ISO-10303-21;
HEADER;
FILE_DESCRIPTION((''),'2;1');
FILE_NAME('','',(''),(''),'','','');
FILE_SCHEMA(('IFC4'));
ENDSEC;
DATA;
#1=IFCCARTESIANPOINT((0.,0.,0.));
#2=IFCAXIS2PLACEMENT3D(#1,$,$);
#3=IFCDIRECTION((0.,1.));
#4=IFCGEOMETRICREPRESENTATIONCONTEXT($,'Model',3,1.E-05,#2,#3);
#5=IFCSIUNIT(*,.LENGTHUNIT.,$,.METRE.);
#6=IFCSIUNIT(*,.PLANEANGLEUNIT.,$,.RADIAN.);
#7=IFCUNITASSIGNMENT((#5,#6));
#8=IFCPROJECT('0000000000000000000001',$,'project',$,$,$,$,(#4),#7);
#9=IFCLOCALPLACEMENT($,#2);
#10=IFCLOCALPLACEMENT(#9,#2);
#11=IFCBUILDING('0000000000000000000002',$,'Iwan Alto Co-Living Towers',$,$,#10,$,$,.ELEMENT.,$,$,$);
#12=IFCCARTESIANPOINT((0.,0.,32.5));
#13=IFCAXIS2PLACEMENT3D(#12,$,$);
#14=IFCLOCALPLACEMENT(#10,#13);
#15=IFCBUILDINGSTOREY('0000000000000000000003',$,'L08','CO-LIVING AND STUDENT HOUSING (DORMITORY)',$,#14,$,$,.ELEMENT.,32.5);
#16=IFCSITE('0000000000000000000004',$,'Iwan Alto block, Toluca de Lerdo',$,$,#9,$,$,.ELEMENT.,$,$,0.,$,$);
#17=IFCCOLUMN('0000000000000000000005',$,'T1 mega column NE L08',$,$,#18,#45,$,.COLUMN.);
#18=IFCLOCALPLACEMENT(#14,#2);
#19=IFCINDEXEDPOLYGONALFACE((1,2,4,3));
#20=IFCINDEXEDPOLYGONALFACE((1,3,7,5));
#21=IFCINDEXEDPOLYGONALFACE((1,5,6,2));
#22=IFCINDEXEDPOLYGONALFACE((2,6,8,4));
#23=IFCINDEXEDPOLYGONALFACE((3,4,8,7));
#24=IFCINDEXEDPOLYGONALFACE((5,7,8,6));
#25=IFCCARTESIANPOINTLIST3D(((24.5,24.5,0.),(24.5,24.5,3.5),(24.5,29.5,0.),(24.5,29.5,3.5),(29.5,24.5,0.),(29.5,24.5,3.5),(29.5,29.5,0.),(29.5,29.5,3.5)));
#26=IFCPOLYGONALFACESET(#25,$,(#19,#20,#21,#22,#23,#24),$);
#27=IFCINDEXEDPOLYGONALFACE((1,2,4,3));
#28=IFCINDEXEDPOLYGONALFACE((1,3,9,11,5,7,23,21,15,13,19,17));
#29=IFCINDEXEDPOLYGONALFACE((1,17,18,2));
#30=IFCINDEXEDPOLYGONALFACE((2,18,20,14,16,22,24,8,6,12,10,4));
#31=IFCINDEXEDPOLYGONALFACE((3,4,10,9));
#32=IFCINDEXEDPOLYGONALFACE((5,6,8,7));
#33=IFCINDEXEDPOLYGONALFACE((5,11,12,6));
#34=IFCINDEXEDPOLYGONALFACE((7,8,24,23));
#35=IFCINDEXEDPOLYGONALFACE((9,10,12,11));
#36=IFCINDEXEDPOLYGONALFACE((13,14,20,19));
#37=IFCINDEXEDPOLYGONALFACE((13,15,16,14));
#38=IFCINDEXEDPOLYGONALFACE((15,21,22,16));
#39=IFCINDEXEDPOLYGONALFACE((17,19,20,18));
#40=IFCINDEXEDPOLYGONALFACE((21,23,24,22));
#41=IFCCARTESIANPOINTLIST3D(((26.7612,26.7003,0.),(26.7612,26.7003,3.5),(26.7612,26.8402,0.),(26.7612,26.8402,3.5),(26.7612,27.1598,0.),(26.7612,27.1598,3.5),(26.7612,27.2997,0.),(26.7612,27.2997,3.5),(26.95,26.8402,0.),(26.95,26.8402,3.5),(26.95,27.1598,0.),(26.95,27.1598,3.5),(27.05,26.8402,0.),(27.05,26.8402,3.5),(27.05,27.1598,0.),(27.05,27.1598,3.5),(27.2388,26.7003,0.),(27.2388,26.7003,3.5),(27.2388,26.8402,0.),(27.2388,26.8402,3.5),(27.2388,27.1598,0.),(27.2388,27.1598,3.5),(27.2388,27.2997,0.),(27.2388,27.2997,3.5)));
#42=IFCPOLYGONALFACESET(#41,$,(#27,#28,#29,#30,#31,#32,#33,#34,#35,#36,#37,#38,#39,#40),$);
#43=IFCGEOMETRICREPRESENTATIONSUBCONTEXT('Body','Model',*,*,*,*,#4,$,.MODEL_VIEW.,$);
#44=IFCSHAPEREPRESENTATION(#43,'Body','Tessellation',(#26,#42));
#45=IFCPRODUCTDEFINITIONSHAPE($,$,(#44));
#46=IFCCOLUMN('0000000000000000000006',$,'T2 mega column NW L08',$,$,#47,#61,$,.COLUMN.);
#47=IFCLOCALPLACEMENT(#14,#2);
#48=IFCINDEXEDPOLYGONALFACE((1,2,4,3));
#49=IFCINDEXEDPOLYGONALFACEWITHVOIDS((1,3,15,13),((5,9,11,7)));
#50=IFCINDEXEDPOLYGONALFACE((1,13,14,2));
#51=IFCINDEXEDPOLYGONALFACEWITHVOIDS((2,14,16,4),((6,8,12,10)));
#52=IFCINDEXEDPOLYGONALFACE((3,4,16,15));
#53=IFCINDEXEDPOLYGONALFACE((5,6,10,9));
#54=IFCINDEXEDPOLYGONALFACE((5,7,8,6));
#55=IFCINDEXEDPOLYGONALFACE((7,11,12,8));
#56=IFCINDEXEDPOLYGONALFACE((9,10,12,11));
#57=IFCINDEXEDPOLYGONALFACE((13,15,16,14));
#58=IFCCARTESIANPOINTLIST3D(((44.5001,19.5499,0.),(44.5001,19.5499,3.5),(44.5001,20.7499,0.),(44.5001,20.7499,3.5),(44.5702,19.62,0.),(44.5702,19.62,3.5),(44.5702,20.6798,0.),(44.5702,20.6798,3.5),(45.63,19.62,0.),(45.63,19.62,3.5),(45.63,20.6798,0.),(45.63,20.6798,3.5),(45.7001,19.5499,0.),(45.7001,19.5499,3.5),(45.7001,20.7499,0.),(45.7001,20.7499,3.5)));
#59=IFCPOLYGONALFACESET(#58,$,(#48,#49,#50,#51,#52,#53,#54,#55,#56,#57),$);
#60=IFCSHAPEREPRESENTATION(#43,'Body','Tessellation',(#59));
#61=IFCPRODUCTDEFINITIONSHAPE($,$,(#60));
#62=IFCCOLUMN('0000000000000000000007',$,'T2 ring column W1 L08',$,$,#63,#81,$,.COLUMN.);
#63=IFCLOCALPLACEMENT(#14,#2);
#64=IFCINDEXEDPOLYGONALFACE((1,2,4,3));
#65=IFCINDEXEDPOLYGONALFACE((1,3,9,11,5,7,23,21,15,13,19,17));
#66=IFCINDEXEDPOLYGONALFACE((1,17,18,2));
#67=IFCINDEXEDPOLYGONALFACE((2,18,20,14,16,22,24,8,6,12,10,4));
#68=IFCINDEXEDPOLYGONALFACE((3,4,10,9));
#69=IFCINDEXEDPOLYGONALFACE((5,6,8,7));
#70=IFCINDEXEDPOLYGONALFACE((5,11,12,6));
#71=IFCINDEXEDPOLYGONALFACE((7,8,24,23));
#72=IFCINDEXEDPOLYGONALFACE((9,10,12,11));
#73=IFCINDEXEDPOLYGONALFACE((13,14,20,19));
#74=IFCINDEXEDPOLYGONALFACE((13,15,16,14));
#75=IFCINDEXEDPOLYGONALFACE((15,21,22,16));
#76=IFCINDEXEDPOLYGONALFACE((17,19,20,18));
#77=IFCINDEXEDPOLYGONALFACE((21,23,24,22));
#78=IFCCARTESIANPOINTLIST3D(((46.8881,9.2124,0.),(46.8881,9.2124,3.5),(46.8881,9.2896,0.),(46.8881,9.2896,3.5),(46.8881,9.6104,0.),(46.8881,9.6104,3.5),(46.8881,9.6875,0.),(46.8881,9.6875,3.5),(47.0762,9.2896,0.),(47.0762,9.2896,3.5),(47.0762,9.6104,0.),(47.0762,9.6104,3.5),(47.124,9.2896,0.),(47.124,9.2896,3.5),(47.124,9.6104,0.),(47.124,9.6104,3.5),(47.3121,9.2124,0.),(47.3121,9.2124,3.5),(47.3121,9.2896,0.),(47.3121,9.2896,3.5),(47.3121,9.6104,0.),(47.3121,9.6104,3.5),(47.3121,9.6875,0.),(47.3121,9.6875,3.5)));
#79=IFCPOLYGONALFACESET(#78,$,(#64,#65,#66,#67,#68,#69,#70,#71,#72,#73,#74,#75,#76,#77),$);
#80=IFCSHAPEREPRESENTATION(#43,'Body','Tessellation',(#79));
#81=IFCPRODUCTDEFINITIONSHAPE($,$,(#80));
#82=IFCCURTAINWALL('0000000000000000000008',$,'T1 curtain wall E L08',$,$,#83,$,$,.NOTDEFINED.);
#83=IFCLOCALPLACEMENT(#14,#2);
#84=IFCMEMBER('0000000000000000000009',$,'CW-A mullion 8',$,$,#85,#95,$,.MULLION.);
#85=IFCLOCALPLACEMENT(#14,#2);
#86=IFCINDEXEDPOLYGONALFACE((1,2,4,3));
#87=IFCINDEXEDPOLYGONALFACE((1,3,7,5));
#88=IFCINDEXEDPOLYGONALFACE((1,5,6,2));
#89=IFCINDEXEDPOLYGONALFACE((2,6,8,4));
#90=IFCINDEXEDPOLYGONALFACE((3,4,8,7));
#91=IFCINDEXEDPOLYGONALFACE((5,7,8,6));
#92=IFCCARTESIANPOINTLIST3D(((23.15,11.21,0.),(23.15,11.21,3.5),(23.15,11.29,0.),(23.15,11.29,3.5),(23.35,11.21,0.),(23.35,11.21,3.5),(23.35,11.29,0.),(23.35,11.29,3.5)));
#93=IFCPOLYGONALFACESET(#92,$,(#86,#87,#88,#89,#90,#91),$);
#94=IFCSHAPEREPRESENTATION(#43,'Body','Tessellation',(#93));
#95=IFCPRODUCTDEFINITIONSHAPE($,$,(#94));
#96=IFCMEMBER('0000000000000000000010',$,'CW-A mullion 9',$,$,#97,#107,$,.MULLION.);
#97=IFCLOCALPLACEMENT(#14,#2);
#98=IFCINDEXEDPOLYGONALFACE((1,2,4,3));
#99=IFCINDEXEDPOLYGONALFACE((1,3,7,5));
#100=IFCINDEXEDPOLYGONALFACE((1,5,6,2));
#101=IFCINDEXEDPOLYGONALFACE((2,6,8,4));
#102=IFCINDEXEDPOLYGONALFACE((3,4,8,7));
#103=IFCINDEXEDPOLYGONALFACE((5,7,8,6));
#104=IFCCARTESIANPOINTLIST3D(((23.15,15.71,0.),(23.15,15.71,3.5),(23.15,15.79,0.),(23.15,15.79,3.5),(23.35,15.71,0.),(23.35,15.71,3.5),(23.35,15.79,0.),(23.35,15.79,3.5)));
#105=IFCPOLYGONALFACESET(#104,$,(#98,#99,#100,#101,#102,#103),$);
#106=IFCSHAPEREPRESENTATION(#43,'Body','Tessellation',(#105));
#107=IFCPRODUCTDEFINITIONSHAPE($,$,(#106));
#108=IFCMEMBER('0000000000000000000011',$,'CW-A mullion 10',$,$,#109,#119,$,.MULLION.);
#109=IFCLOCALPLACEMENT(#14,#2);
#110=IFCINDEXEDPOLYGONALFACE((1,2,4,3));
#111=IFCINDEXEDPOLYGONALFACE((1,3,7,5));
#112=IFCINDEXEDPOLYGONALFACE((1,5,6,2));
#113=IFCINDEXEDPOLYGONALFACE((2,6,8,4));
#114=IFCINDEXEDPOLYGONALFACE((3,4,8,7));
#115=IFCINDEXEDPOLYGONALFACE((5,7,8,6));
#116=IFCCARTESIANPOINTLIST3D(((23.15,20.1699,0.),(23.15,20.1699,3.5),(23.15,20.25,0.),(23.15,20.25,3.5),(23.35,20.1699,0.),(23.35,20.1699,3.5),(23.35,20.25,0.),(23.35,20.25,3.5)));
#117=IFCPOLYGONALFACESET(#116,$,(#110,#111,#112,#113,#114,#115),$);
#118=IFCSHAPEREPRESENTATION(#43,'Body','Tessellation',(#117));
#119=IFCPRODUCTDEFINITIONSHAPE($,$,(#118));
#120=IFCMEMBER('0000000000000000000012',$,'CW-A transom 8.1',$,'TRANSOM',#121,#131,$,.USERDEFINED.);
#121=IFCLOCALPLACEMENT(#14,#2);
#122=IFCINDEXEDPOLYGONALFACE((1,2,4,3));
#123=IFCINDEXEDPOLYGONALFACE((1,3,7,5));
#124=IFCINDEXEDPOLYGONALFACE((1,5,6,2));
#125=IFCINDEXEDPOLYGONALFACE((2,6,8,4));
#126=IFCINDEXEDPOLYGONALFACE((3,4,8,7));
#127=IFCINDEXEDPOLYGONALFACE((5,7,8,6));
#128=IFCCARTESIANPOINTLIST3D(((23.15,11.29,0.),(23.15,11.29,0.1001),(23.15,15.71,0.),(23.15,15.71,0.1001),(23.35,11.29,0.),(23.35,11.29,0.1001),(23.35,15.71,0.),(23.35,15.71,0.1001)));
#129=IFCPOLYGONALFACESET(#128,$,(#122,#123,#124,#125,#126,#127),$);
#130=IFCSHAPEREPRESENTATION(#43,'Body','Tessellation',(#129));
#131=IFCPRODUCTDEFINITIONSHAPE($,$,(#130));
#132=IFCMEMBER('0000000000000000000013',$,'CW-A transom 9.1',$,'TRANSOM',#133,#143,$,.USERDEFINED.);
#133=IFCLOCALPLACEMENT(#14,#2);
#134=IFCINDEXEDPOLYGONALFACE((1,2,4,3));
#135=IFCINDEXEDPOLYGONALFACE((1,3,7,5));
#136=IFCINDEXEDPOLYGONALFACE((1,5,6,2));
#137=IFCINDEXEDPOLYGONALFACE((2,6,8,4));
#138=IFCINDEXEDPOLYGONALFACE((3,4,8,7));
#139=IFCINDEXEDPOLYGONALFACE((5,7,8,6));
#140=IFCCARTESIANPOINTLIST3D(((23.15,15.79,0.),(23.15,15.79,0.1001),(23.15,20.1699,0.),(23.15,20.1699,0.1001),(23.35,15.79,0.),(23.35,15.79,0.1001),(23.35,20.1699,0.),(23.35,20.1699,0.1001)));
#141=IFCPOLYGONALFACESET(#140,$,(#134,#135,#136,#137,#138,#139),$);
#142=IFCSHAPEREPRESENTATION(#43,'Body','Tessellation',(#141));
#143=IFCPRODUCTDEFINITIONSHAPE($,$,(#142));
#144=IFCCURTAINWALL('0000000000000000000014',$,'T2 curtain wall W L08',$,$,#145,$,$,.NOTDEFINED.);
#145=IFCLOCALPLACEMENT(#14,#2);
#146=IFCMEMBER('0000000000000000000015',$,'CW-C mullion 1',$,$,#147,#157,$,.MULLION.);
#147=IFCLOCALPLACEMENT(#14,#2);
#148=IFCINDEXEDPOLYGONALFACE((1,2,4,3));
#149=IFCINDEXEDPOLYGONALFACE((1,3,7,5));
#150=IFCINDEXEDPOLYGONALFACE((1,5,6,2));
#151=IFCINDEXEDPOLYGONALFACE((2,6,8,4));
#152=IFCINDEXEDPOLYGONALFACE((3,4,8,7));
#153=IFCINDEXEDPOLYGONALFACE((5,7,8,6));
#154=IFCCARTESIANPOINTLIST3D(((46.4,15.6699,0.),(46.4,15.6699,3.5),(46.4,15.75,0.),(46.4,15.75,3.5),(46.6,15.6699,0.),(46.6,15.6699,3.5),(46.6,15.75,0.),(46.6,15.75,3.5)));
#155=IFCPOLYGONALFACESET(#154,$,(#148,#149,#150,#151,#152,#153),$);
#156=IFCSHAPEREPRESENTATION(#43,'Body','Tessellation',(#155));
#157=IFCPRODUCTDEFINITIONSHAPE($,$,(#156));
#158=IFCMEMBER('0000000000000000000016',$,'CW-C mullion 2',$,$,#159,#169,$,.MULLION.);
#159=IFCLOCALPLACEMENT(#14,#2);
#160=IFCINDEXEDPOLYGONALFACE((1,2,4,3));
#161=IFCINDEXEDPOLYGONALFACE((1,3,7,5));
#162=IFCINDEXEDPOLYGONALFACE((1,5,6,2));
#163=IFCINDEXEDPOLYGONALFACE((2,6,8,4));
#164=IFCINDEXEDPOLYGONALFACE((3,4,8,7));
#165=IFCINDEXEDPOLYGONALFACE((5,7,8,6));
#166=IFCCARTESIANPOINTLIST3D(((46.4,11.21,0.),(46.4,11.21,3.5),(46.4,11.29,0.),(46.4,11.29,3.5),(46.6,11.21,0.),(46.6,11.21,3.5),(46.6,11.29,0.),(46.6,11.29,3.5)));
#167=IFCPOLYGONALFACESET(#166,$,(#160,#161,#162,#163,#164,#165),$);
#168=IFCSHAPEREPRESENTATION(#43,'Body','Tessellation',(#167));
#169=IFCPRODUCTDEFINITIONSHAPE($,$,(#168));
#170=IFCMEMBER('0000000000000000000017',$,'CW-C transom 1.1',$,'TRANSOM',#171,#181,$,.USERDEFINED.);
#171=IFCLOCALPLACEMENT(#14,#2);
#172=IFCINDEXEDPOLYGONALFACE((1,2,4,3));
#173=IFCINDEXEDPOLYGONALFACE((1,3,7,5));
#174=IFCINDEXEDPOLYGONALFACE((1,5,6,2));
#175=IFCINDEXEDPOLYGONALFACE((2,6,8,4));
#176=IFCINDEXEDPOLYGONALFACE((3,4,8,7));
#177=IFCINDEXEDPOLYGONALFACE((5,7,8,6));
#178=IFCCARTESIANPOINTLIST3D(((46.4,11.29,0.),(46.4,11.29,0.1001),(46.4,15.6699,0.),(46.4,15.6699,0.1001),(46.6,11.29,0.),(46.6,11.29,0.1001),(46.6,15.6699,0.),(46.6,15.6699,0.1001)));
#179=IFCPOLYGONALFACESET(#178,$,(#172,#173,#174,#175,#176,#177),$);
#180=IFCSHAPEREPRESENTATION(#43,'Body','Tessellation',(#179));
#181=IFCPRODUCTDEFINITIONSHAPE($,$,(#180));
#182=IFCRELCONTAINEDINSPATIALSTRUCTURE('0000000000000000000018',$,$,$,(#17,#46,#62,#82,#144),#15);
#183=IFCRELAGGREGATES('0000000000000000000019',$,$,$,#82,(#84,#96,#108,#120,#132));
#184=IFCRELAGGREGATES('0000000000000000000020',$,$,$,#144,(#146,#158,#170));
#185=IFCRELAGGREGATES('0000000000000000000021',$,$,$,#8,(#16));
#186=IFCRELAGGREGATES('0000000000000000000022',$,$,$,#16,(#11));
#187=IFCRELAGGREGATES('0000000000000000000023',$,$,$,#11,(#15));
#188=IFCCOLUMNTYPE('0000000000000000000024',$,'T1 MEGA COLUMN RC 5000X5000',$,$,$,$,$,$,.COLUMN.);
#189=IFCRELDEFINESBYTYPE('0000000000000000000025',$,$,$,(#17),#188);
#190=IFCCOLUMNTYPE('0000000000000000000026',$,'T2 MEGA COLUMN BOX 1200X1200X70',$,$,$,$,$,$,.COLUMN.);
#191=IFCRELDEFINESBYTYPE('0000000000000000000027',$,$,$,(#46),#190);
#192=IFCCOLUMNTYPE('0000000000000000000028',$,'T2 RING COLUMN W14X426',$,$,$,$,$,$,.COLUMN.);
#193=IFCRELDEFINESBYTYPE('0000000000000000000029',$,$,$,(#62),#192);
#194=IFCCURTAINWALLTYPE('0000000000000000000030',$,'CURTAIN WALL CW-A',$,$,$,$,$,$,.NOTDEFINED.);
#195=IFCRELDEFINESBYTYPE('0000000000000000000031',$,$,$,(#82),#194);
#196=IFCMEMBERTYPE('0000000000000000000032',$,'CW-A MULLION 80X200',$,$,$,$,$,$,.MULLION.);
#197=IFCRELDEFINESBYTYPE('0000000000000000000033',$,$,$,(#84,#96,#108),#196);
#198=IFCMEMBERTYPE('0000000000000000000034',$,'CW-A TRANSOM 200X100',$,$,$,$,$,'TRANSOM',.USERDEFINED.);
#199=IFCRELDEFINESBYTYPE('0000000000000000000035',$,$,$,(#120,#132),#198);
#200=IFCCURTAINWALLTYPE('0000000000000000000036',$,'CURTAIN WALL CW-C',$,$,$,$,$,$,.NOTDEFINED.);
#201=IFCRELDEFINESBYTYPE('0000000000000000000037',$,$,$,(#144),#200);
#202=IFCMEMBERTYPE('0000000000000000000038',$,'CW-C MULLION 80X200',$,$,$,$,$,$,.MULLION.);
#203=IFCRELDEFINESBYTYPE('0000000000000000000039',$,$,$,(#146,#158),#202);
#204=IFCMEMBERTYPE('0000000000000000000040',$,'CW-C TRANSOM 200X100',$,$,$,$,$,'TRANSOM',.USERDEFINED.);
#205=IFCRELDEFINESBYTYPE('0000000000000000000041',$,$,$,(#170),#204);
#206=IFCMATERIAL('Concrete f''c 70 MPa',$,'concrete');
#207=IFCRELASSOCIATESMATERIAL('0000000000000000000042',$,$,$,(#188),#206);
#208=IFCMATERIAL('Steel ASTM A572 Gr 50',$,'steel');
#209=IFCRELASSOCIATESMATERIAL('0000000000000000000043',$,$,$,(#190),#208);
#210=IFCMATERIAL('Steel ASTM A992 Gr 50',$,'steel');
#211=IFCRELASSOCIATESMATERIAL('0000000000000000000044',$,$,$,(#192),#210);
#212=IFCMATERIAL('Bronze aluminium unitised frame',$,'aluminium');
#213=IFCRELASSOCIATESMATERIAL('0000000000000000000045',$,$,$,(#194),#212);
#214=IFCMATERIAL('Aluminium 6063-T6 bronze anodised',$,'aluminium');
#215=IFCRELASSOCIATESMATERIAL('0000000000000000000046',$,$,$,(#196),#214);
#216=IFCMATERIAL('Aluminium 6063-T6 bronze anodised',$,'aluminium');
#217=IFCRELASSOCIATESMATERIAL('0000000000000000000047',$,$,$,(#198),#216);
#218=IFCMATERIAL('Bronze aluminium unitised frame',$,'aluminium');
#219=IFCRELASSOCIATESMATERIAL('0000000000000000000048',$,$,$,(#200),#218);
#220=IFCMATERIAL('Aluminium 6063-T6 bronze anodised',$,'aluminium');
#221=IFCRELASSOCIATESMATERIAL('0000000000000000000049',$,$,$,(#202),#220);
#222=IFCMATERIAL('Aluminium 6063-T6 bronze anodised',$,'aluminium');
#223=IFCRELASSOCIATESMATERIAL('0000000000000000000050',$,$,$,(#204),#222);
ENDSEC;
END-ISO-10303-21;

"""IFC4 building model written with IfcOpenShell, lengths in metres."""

from ifc_helpers import new_model, si_unit, direction, frame, origin, origin_2d, place, context, subcontext, project, spatial, rectangle, hollow_rectangle, i_section, extrude, material, material_profile, profile_set, type_object, element, aggregate, save


model = new_model("IFC4")

# Units and contexts
model_context = context("Model", 3, precision=1e-05, world=origin(), true_north=direction((0.0, 1.0)))
body_context = subcontext(model_context, "Body", "Model", "MODEL_VIEW")
ifc_project = project(units=[si_unit("LENGTHUNIT", "METRE"), si_unit("PLANEANGLEUNIT", "RADIAN")], contexts=[model_context])

# Site, building, storey
site_placement = place(None, origin())
site = spatial("IfcSite", under=ifc_project, at=site_placement, Name="Iwan Alto block, Toluca de Lerdo", CompositionType="ELEMENT", RefElevation=0.0)
building_placement = place(site_placement, origin())
building = spatial("IfcBuilding", under=site, at=building_placement, Name="Iwan Alto Co-Living Towers", CompositionType="ELEMENT")
storey_placement = place(building_placement, frame((0.0, 0.0, 32.5)))
storey = spatial("IfcBuildingStorey", under=building, at=storey_placement, Name="L08", Description="CO-LIVING AND STUDENT HOUSING (DORMITORY)", CompositionType="ELEMENT", Elevation=32.5)

# Columns
ifc_material_1 = material(Name="Concrete f'c 70 MPa", Category="concrete")
ifc_material_profile_1 = material_profile(ifc_material_1, rectangle(XDim=5.0, YDim=5.0, at=origin_2d()), Name="RC 5000X5000")
ifc_profile_set_1 = profile_set([ifc_material_profile_1], Name="Concrete f'c 70 MPa")
column_type_1 = type_object("IfcColumnType", Name="T1 MEGA COLUMN RC 5000X5000", PredefinedType="COLUMN", material=ifc_profile_set_1)
column_1_placement = place(storey_placement, frame((27.0, 27.0, 0.0), z_axis=(0.0, 0.0, 1.0), x_axis=(1.0, 0.0, 0.0)))
element("IfcColumn", 1, at=column_1_placement, inside=storey, type_object=column_type_1, Name="T1 mega column NE L08", PredefinedType="COLUMN", context=body_context, shape_type="SweptSolid", body=[
    extrude(rectangle(XDim=5.0, YDim=5.0, at=origin_2d()), origin(), (0.0, 0.0, 1.0), 3.5),
    extrude(i_section(OverallWidth=0.4775, OverallDepth=0.5994, WebThickness=0.1001, FlangeThickness=0.1399, at=origin_2d()), origin(), (0.0, 0.0, 1.0), 3.5),
])
ifc_material_2 = material(Name="Steel ASTM A572 Gr 50", Category="steel")
ifc_material_profile_2 = material_profile(ifc_material_2, hollow_rectangle(XDim=1.2, YDim=1.2, WallThickness=0.0701, at=origin_2d()), Name="BOX 1200X1200X70")
ifc_profile_set_2 = profile_set([ifc_material_profile_2], Name="Steel ASTM A572 Gr 50")
column_type_2 = type_object("IfcColumnType", Name="T2 MEGA COLUMN BOX 1200X1200X70", PredefinedType="COLUMN", material=ifc_profile_set_2)
column_2_placement = place(storey_placement, frame((45.1001, 20.1499, 0.0), z_axis=(0.0, 0.0, 1.0), x_axis=(1.0, 0.0, 0.0)))
element("IfcColumn", 2, at=column_2_placement, inside=storey, type_object=column_type_2, Name="T2 mega column NW L08", PredefinedType="COLUMN", context=body_context, shape_type="SweptSolid", body=[
    extrude(hollow_rectangle(XDim=1.2, YDim=1.2, WallThickness=0.0701, at=origin_2d()), origin(), (0.0, 0.0, 1.0), 3.5),
])
ifc_material_3 = material(Name="Steel ASTM A992 Gr 50", Category="steel")
ifc_material_profile_3 = material_profile(ifc_material_3, i_section(OverallWidth=0.4241, OverallDepth=0.4751, WebThickness=0.0479, FlangeThickness=0.0771, at=origin_2d()), Name="W14X426")
ifc_profile_set_3 = profile_set([ifc_material_profile_3], Name="Steel ASTM A992 Gr 50")
column_type_3 = type_object("IfcColumnType", Name="T2 RING COLUMN W14X426", PredefinedType="COLUMN", material=ifc_profile_set_3)
column_3_placement = place(storey_placement, frame((47.1001, 9.45, 0.0), z_axis=(0.0, 0.0, 1.0), x_axis=(1.0, 0.0, 0.0)))
element("IfcColumn", 3, at=column_3_placement, inside=storey, type_object=column_type_3, Name="T2 ring column W1 L08", PredefinedType="COLUMN", context=body_context, shape_type="SweptSolid", body=[
    extrude(i_section(OverallWidth=0.4241, OverallDepth=0.4751, WebThickness=0.0479, FlangeThickness=0.0771, at=origin_2d()), origin(), (0.0, 0.0, 1.0), 3.5),
])

# Curtain walls, members
ifc_material_4 = material(Name="Bronze aluminium unitised frame", Category="aluminium")
curtain_wall_type_1 = type_object("IfcCurtainWallType", Name="CURTAIN WALL CW-A", PredefinedType="NOTDEFINED", material=ifc_material_4)
curtain_wall_1_placement = place(storey_placement, origin())
curtain_wall_1 = element("IfcCurtainWall", 4, at=curtain_wall_1_placement, inside=storey, type_object=curtain_wall_type_1, Name="T1 curtain wall E L08", PredefinedType="NOTDEFINED")
ifc_material_5 = material(Name="Aluminium 6063-T6 bronze anodised", Category="aluminium")
ifc_material_profile_4 = material_profile(ifc_material_5, rectangle(XDim=0.2, YDim=0.0801, at=origin_2d()), Name="AL 80X200")
ifc_profile_set_4 = profile_set([ifc_material_profile_4], Name="Aluminium 6063-T6 bronze anodised")
member_type_1 = type_object("IfcMemberType", Name="CW-A MULLION 80X200", PredefinedType="MULLION", material=ifc_profile_set_4)
member_1_placement = place(storey_placement, frame((23.25, 11.25, 0.0), z_axis=(0.0, 0.0, 1.0), x_axis=(-1.0, 0.0, 0.0)))
member_1 = element("IfcMember", 5, at=member_1_placement, type_object=member_type_1, Name="CW-A mullion 8", PredefinedType="MULLION", context=body_context, shape_type="SweptSolid", body=[
    extrude(rectangle(XDim=0.2, YDim=0.0801, at=origin_2d()), origin(), (0.0, 0.0, 1.0), 3.5),
])
member_2_placement = place(storey_placement, frame((23.25, 15.75, 0.0), z_axis=(0.0, 0.0, 1.0), x_axis=(-1.0, 0.0, 0.0)))
member_2 = element("IfcMember", 6, at=member_2_placement, type_object=member_type_1, Name="CW-A mullion 9", PredefinedType="MULLION", context=body_context, shape_type="SweptSolid", body=[
    extrude(rectangle(XDim=0.2, YDim=0.0801, at=origin_2d()), origin(), (0.0, 0.0, 1.0), 3.5),
])
member_3_placement = place(storey_placement, frame((23.25, 20.21, 0.0), z_axis=(0.0, 0.0, 1.0), x_axis=(-1.0, 0.0, 0.0)))
member_3 = element("IfcMember", 7, at=member_3_placement, type_object=member_type_1, Name="CW-A mullion 10", PredefinedType="MULLION", context=body_context, shape_type="SweptSolid", body=[
    extrude(rectangle(XDim=0.2, YDim=0.0801, at=origin_2d()), origin(), (0.0, 0.0, 1.0), 3.5),
])
ifc_material_6 = material(Name="Aluminium 6063-T6 bronze anodised", Category="aluminium")
ifc_material_profile_5 = material_profile(ifc_material_6, rectangle(XDim=0.2, YDim=0.1001, at=origin_2d()), Name="AL 200X100")
ifc_profile_set_5 = profile_set([ifc_material_profile_5], Name="Aluminium 6063-T6 bronze anodised")
member_type_2 = type_object("IfcMemberType", Name="CW-A TRANSOM 200X100", ElementType="TRANSOM", PredefinedType="USERDEFINED", material=ifc_profile_set_5)
member_4_placement = place(storey_placement, frame((23.25, 11.29, 0.05), z_axis=(0.0, 1.0, 0.0), x_axis=(-1.0, 0.0, 0.0)))
member_4 = element("IfcMember", 8, at=member_4_placement, type_object=member_type_2, Name="CW-A transom 8.1", ObjectType="TRANSOM", PredefinedType="USERDEFINED", context=body_context, shape_type="SweptSolid", body=[
    extrude(rectangle(XDim=0.2, YDim=0.1001, at=origin_2d()), origin(), (0.0, 0.0, 1.0), 4.4199),
])
member_5_placement = place(storey_placement, frame((23.25, 15.79, 0.05), z_axis=(0.0, 1.0, 0.0), x_axis=(-1.0, 0.0, 0.0)))
member_5 = element("IfcMember", 9, at=member_5_placement, type_object=member_type_2, Name="CW-A transom 9.1", ObjectType="TRANSOM", PredefinedType="USERDEFINED", context=body_context, shape_type="SweptSolid", body=[
    extrude(rectangle(XDim=0.2, YDim=0.1001, at=origin_2d()), origin(), (0.0, 0.0, 1.0), 4.3799),
])
ifc_material_7 = material(Name="Bronze aluminium unitised frame", Category="aluminium")
curtain_wall_type_2 = type_object("IfcCurtainWallType", Name="CURTAIN WALL CW-C", PredefinedType="NOTDEFINED", material=ifc_material_7)
curtain_wall_2_placement = place(storey_placement, origin())
curtain_wall_2 = element("IfcCurtainWall", 10, at=curtain_wall_2_placement, inside=storey, type_object=curtain_wall_type_2, Name="T2 curtain wall W L08", PredefinedType="NOTDEFINED")
ifc_material_8 = material(Name="Aluminium 6063-T6 bronze anodised", Category="aluminium")
ifc_material_profile_6 = material_profile(ifc_material_8, rectangle(XDim=0.2, YDim=0.0801, at=origin_2d()), Name="AL 80X200")
ifc_profile_set_6 = profile_set([ifc_material_profile_6], Name="Aluminium 6063-T6 bronze anodised")
member_type_3 = type_object("IfcMemberType", Name="CW-C MULLION 80X200", PredefinedType="MULLION", material=ifc_profile_set_6)
member_6_placement = place(storey_placement, frame((46.5, 15.71, 0.0), z_axis=(0.0, 0.0, 1.0), x_axis=(1.0, 0.0, 0.0)))
member_6 = element("IfcMember", 11, at=member_6_placement, type_object=member_type_3, Name="CW-C mullion 1", PredefinedType="MULLION", context=body_context, shape_type="SweptSolid", body=[
    extrude(rectangle(XDim=0.2, YDim=0.0801, at=origin_2d()), origin(), (0.0, 0.0, 1.0), 3.5),
])
member_7_placement = place(storey_placement, frame((46.5, 11.25, 0.0), z_axis=(0.0, 0.0, 1.0), x_axis=(1.0, 0.0, 0.0)))
member_7 = element("IfcMember", 12, at=member_7_placement, type_object=member_type_3, Name="CW-C mullion 2", PredefinedType="MULLION", context=body_context, shape_type="SweptSolid", body=[
    extrude(rectangle(XDim=0.2, YDim=0.0801, at=origin_2d()), origin(), (0.0, 0.0, 1.0), 3.5),
])
ifc_material_9 = material(Name="Aluminium 6063-T6 bronze anodised", Category="aluminium")
ifc_material_profile_7 = material_profile(ifc_material_9, rectangle(XDim=0.2, YDim=0.1001, at=origin_2d()), Name="AL 200X100")
ifc_profile_set_7 = profile_set([ifc_material_profile_7], Name="Aluminium 6063-T6 bronze anodised")
member_type_4 = type_object("IfcMemberType", Name="CW-C TRANSOM 200X100", ElementType="TRANSOM", PredefinedType="USERDEFINED", material=ifc_profile_set_7)
member_8_placement = place(storey_placement, frame((46.5, 15.6699, 0.05), z_axis=(0.0, -1.0, 0.0), x_axis=(1.0, 0.0, 0.0)))
member_8 = element("IfcMember", 13, at=member_8_placement, type_object=member_type_4, Name="CW-C transom 1.1", ObjectType="TRANSOM", PredefinedType="USERDEFINED", context=body_context, shape_type="SweptSolid", body=[
    extrude(rectangle(XDim=0.2, YDim=0.1001, at=origin_2d()), origin(), (0.0, 0.0, 1.0), 4.3799),
])

aggregate(curtain_wall_1, [member_1, member_2, member_3, member_4, member_5])
aggregate(curtain_wall_2, [member_6, member_7, member_8])

save(model, "model.ifc")
